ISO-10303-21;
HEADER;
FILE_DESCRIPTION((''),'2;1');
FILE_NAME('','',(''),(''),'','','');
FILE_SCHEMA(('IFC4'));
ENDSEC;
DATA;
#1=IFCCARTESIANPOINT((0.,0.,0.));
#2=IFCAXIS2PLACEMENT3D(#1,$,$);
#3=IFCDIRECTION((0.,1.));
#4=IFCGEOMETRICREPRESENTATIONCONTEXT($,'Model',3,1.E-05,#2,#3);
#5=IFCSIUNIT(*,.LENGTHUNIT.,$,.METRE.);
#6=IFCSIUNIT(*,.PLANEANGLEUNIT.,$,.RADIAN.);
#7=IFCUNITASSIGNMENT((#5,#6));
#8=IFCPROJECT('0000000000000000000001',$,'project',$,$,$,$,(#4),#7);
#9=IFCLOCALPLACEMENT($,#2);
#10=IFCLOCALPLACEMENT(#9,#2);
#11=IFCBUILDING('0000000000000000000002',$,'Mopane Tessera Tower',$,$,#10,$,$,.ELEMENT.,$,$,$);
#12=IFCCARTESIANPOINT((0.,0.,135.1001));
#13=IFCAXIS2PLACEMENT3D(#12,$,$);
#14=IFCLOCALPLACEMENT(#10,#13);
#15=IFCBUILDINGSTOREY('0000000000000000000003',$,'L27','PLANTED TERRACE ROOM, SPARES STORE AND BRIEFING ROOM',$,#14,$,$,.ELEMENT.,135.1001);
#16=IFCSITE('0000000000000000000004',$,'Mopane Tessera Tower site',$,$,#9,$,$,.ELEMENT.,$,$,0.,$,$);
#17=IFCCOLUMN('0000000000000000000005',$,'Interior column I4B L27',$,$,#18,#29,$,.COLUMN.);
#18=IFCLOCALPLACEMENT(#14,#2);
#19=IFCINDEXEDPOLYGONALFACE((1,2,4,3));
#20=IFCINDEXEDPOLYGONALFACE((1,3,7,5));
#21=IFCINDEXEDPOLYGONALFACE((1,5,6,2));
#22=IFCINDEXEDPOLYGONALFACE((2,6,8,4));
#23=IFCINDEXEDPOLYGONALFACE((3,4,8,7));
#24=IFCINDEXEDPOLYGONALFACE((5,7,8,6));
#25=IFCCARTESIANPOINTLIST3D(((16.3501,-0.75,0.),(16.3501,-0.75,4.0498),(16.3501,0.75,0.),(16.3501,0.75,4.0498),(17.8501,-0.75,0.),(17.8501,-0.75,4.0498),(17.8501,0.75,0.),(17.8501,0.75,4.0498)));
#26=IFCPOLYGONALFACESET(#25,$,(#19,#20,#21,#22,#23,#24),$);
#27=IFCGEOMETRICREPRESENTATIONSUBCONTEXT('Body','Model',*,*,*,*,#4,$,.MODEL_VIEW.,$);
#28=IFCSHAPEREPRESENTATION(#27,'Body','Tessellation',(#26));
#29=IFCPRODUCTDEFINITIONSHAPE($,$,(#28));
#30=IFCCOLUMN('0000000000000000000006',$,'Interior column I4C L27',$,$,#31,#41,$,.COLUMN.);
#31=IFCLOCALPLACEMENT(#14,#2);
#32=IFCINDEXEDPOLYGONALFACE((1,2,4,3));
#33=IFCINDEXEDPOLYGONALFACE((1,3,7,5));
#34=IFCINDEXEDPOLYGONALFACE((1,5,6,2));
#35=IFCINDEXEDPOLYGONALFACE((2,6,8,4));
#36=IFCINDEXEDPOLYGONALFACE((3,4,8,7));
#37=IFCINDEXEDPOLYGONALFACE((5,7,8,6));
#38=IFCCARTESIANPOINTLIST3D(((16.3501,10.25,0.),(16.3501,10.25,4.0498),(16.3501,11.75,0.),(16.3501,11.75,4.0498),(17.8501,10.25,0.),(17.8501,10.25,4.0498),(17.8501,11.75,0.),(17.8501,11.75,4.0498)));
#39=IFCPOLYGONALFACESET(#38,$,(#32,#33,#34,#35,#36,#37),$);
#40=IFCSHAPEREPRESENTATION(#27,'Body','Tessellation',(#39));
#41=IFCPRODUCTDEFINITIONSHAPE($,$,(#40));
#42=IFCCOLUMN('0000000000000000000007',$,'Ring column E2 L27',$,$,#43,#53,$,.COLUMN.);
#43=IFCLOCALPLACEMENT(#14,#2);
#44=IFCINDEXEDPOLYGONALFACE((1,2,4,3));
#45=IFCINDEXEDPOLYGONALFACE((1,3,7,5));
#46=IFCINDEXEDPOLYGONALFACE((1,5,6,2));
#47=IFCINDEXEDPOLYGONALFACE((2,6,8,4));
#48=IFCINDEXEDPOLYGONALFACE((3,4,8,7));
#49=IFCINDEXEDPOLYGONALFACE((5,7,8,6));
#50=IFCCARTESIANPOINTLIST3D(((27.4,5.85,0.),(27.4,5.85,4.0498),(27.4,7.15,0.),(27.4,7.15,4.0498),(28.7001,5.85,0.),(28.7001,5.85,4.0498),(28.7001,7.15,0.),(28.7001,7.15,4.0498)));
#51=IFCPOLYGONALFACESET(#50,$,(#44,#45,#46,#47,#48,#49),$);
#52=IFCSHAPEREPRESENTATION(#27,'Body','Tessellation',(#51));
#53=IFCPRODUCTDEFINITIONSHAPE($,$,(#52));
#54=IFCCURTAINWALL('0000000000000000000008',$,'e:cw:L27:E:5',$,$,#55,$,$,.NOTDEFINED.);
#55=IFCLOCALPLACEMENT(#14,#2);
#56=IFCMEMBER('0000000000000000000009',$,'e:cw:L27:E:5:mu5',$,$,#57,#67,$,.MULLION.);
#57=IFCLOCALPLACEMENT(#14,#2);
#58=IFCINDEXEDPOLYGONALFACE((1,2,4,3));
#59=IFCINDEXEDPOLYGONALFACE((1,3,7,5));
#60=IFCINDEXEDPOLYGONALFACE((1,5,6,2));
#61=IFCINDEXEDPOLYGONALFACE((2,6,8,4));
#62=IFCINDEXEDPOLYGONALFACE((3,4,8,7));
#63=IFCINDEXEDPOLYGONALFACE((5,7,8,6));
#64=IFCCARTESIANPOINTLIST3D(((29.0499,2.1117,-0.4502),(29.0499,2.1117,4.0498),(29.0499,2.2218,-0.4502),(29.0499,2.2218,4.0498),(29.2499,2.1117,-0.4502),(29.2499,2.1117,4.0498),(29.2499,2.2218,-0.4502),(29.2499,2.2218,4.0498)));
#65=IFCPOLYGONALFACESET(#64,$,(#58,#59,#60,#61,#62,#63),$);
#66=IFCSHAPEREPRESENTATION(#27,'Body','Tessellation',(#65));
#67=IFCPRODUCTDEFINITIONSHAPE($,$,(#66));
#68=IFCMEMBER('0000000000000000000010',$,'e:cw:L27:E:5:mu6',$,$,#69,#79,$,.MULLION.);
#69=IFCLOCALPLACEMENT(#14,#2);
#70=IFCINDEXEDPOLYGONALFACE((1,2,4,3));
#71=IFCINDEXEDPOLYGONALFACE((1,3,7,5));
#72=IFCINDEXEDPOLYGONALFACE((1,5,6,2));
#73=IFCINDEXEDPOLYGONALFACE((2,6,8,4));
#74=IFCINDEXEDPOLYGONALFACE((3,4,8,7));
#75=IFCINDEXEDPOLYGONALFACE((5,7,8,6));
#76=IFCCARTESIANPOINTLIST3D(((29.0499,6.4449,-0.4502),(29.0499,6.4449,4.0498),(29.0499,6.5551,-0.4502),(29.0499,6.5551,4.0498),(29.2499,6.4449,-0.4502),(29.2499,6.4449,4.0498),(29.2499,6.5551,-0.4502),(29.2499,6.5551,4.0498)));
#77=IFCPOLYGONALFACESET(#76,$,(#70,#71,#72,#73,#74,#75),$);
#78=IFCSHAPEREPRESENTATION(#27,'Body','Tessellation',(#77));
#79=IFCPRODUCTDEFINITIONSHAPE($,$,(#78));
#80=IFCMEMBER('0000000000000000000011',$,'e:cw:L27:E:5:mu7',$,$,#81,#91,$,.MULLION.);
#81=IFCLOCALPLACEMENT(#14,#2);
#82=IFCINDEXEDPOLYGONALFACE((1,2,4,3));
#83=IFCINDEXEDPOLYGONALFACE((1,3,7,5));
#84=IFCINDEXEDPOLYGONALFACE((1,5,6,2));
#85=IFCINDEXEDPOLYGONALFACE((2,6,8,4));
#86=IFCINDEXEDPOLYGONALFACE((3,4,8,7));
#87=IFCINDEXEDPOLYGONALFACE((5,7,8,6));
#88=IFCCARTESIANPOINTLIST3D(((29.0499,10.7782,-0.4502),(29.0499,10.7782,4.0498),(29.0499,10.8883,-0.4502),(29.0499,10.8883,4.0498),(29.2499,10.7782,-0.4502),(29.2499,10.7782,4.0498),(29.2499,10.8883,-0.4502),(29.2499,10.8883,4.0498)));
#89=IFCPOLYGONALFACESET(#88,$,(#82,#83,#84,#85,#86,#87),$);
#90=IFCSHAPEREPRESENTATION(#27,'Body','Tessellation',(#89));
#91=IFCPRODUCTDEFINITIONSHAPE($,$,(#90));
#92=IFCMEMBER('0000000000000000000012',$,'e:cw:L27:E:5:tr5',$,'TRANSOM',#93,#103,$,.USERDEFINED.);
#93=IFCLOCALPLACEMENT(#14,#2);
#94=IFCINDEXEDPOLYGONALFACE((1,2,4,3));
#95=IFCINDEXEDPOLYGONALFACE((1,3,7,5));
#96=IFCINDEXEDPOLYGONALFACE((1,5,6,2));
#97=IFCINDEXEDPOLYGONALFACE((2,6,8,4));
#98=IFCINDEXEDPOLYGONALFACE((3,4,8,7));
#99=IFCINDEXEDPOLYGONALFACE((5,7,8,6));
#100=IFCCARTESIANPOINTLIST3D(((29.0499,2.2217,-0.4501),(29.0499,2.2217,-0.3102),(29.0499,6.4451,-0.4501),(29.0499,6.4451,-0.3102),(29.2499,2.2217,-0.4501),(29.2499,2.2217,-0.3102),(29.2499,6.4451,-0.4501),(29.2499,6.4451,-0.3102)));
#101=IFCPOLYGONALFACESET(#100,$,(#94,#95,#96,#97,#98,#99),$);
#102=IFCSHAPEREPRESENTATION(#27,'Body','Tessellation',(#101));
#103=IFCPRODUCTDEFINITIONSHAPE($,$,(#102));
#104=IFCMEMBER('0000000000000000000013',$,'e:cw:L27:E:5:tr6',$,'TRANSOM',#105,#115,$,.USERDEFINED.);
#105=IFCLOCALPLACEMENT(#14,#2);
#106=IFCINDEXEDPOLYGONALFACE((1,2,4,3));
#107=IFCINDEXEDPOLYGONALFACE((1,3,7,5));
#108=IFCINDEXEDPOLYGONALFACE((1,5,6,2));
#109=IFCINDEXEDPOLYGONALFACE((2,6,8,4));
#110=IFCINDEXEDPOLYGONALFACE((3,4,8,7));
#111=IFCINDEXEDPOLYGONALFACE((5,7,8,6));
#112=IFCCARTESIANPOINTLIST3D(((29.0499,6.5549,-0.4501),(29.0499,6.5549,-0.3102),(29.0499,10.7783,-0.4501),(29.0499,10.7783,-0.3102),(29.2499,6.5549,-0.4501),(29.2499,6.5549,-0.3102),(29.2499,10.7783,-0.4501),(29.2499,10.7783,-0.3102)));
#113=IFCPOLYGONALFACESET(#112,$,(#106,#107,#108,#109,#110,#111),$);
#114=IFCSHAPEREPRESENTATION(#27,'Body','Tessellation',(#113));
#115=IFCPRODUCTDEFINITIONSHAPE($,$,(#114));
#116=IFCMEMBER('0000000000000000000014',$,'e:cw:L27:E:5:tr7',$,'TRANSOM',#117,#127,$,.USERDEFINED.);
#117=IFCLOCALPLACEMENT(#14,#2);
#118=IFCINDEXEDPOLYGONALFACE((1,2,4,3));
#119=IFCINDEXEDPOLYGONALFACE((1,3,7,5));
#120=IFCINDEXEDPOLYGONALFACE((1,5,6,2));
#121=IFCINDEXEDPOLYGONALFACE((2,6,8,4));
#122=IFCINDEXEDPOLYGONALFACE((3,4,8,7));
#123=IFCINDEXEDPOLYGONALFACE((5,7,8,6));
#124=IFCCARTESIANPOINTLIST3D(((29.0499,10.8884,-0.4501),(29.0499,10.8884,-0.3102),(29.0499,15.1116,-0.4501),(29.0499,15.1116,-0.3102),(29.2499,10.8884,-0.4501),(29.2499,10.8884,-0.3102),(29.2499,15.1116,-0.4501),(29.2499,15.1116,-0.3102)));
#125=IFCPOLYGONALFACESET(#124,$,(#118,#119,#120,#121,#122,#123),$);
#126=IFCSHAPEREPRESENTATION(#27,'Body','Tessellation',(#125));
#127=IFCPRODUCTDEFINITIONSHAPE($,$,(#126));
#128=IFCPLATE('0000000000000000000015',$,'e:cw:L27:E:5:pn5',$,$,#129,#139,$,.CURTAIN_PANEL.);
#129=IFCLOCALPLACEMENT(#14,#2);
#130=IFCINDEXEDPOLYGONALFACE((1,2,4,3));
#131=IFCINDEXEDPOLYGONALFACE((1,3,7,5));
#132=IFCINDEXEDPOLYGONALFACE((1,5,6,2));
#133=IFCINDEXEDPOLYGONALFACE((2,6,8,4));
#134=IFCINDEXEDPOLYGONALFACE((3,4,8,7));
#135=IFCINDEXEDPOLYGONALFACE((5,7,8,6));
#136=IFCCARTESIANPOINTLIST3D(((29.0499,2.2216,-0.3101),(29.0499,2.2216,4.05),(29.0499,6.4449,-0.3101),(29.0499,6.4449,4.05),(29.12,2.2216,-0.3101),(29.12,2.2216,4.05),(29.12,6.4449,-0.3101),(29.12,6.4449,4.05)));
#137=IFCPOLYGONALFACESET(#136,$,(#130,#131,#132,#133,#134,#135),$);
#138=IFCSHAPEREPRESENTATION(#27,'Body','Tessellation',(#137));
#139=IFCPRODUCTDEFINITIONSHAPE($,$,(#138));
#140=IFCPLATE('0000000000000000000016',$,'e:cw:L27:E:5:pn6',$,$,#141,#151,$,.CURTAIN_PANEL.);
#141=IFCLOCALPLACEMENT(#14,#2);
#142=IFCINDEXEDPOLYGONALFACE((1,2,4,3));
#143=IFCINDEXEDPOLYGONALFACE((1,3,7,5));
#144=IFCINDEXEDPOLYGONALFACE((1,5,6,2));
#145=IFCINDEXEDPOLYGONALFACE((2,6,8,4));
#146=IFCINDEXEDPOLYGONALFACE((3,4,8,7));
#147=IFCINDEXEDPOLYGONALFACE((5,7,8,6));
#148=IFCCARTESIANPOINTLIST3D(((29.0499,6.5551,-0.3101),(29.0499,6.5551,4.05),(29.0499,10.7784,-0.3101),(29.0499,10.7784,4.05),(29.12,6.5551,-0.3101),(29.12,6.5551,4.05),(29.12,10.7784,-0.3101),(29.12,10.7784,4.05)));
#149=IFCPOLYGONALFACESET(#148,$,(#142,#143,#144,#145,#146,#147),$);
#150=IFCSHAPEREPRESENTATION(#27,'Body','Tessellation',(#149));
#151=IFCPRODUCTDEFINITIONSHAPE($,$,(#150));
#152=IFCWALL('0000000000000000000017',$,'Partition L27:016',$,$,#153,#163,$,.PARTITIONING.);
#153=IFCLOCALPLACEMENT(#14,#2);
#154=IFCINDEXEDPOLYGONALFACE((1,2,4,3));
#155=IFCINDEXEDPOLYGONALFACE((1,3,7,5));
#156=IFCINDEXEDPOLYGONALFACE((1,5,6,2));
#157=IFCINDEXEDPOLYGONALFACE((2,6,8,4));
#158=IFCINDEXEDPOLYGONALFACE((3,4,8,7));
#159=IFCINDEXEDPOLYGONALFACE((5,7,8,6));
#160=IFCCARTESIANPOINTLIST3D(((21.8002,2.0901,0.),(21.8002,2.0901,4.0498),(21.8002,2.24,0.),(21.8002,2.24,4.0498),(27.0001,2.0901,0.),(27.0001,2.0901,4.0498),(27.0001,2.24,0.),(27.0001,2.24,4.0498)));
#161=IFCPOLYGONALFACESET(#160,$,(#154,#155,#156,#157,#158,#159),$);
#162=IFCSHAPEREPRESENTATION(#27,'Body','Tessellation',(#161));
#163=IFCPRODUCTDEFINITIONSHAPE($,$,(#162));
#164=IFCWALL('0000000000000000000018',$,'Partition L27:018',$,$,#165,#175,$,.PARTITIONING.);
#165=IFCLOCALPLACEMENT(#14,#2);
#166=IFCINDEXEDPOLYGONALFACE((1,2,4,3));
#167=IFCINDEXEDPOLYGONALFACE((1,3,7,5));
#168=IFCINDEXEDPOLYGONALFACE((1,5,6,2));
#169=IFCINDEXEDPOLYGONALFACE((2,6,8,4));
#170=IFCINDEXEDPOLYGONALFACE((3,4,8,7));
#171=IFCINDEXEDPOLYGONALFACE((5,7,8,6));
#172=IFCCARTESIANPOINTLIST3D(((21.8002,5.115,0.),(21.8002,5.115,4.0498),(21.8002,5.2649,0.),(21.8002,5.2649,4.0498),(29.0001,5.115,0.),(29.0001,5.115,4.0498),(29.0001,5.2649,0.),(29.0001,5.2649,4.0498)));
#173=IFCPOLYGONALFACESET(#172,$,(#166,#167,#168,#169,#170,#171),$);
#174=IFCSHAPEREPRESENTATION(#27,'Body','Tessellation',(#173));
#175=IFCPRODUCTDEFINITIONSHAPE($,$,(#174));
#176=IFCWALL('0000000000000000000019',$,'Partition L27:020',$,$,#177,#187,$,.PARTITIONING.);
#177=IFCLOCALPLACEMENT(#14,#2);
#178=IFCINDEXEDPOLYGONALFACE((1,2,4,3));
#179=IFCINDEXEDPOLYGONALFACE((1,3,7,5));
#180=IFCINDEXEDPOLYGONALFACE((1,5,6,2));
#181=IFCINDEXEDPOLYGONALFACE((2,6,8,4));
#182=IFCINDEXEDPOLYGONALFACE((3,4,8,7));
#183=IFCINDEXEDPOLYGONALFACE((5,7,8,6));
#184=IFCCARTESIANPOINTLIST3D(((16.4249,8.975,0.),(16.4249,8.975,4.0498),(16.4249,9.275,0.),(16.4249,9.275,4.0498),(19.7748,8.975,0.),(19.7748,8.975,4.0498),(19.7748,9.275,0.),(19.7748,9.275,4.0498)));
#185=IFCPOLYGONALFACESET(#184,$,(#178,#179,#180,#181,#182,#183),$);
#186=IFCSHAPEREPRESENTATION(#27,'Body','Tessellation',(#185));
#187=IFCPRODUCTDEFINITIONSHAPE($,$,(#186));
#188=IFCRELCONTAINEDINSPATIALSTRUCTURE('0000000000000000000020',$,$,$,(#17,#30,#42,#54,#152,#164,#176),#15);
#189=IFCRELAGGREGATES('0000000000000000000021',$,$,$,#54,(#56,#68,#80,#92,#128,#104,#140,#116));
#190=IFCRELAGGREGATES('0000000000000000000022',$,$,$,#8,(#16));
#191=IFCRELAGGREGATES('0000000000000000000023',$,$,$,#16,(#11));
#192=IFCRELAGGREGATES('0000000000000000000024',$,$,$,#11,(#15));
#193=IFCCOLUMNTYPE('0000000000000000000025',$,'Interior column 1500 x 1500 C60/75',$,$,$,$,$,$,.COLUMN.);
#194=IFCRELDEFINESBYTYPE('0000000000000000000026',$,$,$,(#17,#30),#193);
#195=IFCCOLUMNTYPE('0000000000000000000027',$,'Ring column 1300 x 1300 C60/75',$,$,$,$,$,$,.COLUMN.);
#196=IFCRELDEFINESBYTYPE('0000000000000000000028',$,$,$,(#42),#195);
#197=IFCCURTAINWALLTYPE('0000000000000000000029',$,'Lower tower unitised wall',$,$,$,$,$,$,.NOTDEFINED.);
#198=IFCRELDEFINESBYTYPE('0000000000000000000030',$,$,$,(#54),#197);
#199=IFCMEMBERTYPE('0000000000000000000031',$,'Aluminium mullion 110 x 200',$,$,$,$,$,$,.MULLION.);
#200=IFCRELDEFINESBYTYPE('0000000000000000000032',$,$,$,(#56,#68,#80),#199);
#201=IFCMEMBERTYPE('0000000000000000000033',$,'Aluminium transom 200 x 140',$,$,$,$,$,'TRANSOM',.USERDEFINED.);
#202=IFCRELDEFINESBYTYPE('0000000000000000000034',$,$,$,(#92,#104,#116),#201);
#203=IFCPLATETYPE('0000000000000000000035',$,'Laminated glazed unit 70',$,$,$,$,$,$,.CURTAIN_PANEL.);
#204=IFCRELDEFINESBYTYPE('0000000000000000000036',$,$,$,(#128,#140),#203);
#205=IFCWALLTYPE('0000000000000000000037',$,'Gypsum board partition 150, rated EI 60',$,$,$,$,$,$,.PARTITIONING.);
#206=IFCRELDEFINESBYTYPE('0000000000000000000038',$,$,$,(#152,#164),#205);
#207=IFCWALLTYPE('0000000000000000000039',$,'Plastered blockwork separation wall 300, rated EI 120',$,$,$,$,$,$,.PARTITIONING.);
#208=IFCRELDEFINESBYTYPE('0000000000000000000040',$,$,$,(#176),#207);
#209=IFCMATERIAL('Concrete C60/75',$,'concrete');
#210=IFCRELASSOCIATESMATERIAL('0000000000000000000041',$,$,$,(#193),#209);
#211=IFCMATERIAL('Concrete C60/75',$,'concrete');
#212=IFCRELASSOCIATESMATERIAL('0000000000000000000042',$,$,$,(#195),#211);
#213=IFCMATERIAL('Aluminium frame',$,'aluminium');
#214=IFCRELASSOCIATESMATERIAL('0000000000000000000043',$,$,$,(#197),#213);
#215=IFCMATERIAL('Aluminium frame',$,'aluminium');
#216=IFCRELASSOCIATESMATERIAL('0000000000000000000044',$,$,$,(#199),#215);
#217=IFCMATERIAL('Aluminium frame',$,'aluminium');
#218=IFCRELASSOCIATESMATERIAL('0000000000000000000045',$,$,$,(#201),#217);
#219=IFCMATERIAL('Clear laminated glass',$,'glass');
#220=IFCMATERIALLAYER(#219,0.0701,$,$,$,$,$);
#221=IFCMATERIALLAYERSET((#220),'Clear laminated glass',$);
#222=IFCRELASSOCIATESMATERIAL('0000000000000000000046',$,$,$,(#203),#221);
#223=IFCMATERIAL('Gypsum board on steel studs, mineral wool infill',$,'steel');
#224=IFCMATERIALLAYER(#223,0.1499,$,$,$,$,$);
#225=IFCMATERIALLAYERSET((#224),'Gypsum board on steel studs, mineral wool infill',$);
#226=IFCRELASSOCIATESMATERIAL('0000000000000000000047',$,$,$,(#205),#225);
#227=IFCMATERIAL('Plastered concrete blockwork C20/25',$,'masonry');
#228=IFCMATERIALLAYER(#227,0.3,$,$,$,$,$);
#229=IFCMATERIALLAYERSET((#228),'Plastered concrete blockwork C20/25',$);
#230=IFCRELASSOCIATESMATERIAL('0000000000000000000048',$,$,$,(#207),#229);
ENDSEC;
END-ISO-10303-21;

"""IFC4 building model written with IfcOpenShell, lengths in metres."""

from ifc_helpers import new_model, si_unit, direction, frame, frame_2d, origin, origin_2d, place, context, subcontext, project, spatial, rectangle, extrude, material, layer, layer_set, material_profile, profile_set, type_object, element, aggregate, save


model = new_model("IFC4")

# Units and contexts
model_context = context("Model", 3, precision=1e-05, world=origin(), true_north=direction((0.0, 1.0)))
body_context = subcontext(model_context, "Body", "Model", "MODEL_VIEW")
ifc_project = project(units=[si_unit("LENGTHUNIT", "METRE"), si_unit("PLANEANGLEUNIT", "RADIAN")], contexts=[model_context])

# Site, building, storey
site_placement = place(None, origin())
site = spatial("IfcSite", under=ifc_project, at=site_placement, Name="Mopane Tessera Tower site", CompositionType="ELEMENT", RefElevation=0.0)
building_placement = place(site_placement, origin())
building = spatial("IfcBuilding", under=site, at=building_placement, Name="Mopane Tessera Tower", CompositionType="ELEMENT")
storey_placement = place(building_placement, frame((0.0, 0.0, 135.1001)))
storey = spatial("IfcBuildingStorey", under=building, at=storey_placement, Name="L27", Description="PLANTED TERRACE ROOM, SPARES STORE AND BRIEFING ROOM", CompositionType="ELEMENT", Elevation=135.1001)

# Columns
ifc_material_1 = material(Name="Concrete C60/75", Category="concrete")
ifc_material_profile_1 = material_profile(ifc_material_1, rectangle(XDim=1.5, YDim=1.5, at=origin_2d()))
ifc_profile_set_1 = profile_set([ifc_material_profile_1], Name="Concrete C60/75")
column_type_1 = type_object("IfcColumnType", Name="Interior column 1500 x 1500 C60/75", PredefinedType="COLUMN", material=ifc_profile_set_1)
for number, where, z_axis, x_axis, name in (
    (1, (17.1001, 0.0, 0.0), (0.0, 0.0, 1.0), (1.0, 0.0, 0.0), "Interior column I4B L27"),
    (2, (17.1001, 11.0, 0.0), (0.0, 0.0, 1.0), (1.0, 0.0, 0.0), "Interior column I4C L27"),
):
    element("IfcColumn", number, at=place(storey_placement, frame(where, z_axis=z_axis, x_axis=x_axis)), inside=storey, type_object=column_type_1, Name=name, PredefinedType="COLUMN", context=body_context, shape_type="SweptSolid", body=[
        extrude(rectangle(XDim=1.5, YDim=1.5, at=origin_2d()), origin(), (0.0, 0.0, 1.0), 4.0498),
    ])
ifc_material_2 = material(Name="Concrete C60/75", Category="concrete")
ifc_material_profile_2 = material_profile(ifc_material_2, rectangle(XDim=1.3, YDim=1.3, at=origin_2d()))
ifc_profile_set_2 = profile_set([ifc_material_profile_2], Name="Concrete C60/75")
column_type_2 = type_object("IfcColumnType", Name="Ring column 1300 x 1300 C60/75", PredefinedType="COLUMN", material=ifc_profile_set_2)
column_placement = place(storey_placement, frame((28.05, 6.5, 0.0), z_axis=(0.0, 0.0, 1.0), x_axis=(1.0, 0.0, 0.0)))
element("IfcColumn", 3, at=column_placement, inside=storey, type_object=column_type_2, Name="Ring column E2 L27", PredefinedType="COLUMN", context=body_context, shape_type="SweptSolid", body=[
    extrude(rectangle(XDim=1.3, YDim=1.3, at=origin_2d()), origin(), (0.0, 0.0, 1.0), 4.0498),
])

# Curtain wall, members, plates
ifc_material_3 = material(Name="Aluminium frame", Category="aluminium")
curtain_wall_type = type_object("IfcCurtainWallType", Name="Lower tower unitised wall", PredefinedType="NOTDEFINED", material=ifc_material_3)
curtain_wall_placement = place(storey_placement, origin())
curtain_wall = element("IfcCurtainWall", 4, at=curtain_wall_placement, inside=storey, type_object=curtain_wall_type, Name="e:cw:L27:E:5", PredefinedType="NOTDEFINED")
ifc_material_4 = material(Name="Aluminium frame", Category="aluminium")
ifc_material_profile_3 = material_profile(ifc_material_4, rectangle(XDim=0.1101, YDim=0.2, at=origin_2d()))
ifc_profile_set_3 = profile_set([ifc_material_profile_3], Name="Aluminium frame")
member_type_1 = type_object("IfcMemberType", Name="Aluminium mullion 110 x 200", PredefinedType="MULLION", material=ifc_profile_set_3)
member_1_placement = place(storey_placement, frame((29.1499, 2.1667, -0.4502), z_axis=(0.0, 0.0, 1.0), x_axis=(0.0, 1.0, 0.0)))
member_1 = element("IfcMember", 5, at=member_1_placement, type_object=member_type_1, Name="e:cw:L27:E:5:mu5", PredefinedType="MULLION", context=body_context, shape_type="SweptSolid", body=[
    extrude(rectangle(XDim=0.1101, YDim=0.2, at=origin_2d()), origin(), (0.0, 0.0, 1.0), 4.5),
])
member_2_placement = place(storey_placement, frame((29.1499, 6.5, -0.4502), z_axis=(0.0, 0.0, 1.0), x_axis=(0.0, 1.0, 0.0)))
member_2 = element("IfcMember", 6, at=member_2_placement, type_object=member_type_1, Name="e:cw:L27:E:5:mu6", PredefinedType="MULLION", context=body_context, shape_type="SweptSolid", body=[
    extrude(rectangle(XDim=0.1101, YDim=0.2, at=origin_2d()), origin(), (0.0, 0.0, 1.0), 4.5),
])
member_3_placement = place(storey_placement, frame((29.1499, 10.8333, -0.4502), z_axis=(0.0, 0.0, 1.0), x_axis=(0.0, 1.0, 0.0)))
member_3 = element("IfcMember", 7, at=member_3_placement, type_object=member_type_1, Name="e:cw:L27:E:5:mu7", PredefinedType="MULLION", context=body_context, shape_type="SweptSolid", body=[
    extrude(rectangle(XDim=0.1101, YDim=0.2, at=origin_2d()), origin(), (0.0, 0.0, 1.0), 4.5),
])
ifc_material_5 = material(Name="Aluminium frame", Category="aluminium")
ifc_material_profile_4 = material_profile(ifc_material_5, rectangle(XDim=0.2, YDim=0.1399, at=origin_2d()))
ifc_profile_set_4 = profile_set([ifc_material_profile_4], Name="Aluminium frame")
member_type_2 = type_object("IfcMemberType", Name="Aluminium transom 200 x 140", ElementType="TRANSOM", PredefinedType="USERDEFINED", material=ifc_profile_set_4)
member_4_placement = place(storey_placement, frame((29.1499, 2.2217, -0.3801), z_axis=(0.0, 1.0, 0.0), x_axis=(-1.0, 0.0, 0.0)))
member_4 = element("IfcMember", 8, at=member_4_placement, type_object=member_type_2, Name="e:cw:L27:E:5:tr5", ObjectType="TRANSOM", PredefinedType="USERDEFINED", context=body_context, shape_type="SweptSolid", body=[
    extrude(rectangle(XDim=0.2, YDim=0.1399, at=origin_2d()), origin(), (0.0, 0.0, 1.0), 4.2234),
])
member_5_placement = place(storey_placement, frame((29.1499, 6.5549, -0.3801), z_axis=(0.0, 1.0, 0.0), x_axis=(-1.0, 0.0, 0.0)))
member_5 = element("IfcMember", 9, at=member_5_placement, type_object=member_type_2, Name="e:cw:L27:E:5:tr6", ObjectType="TRANSOM", PredefinedType="USERDEFINED", context=body_context, shape_type="SweptSolid", body=[
    extrude(rectangle(XDim=0.2, YDim=0.1399, at=origin_2d()), origin(), (0.0, 0.0, 1.0), 4.2234),
])
member_6_placement = place(storey_placement, frame((29.1499, 10.8884, -0.3801), z_axis=(0.0, 1.0, 0.0), x_axis=(-1.0, 0.0, 0.0)))
member_6 = element("IfcMember", 10, at=member_6_placement, type_object=member_type_2, Name="e:cw:L27:E:5:tr7", ObjectType="TRANSOM", PredefinedType="USERDEFINED", context=body_context, shape_type="SweptSolid", body=[
    extrude(rectangle(XDim=0.2, YDim=0.1399, at=origin_2d()), origin(), (0.0, 0.0, 1.0), 4.2231),
])
ifc_material_6 = material(Name="Clear laminated glass", Category="glass")
ifc_layer_1 = layer(ifc_material_6, 0.0701)
ifc_layer_set_1 = layer_set([ifc_layer_1], Name="Clear laminated glass")
plate_type = type_object("IfcPlateType", Name="Laminated glazed unit 70", PredefinedType="CURTAIN_PANEL", material=ifc_layer_set_1)
plate_1_placement = place(storey_placement, frame((29.085, 4.3333, -0.3101), z_axis=(0.0, 0.0, 1.0), x_axis=(0.0, 1.0, 0.0)))
plate_1 = element("IfcPlate", 11, at=plate_1_placement, type_object=plate_type, Name="e:cw:L27:E:5:pn5", PredefinedType="CURTAIN_PANEL", context=body_context, shape_type="SweptSolid", body=[
    extrude(rectangle(XDim=4.2234, YDim=0.0701, at=origin_2d()), origin(), (0.0, 0.0, 1.0), 4.3601),
])
plate_2_placement = place(storey_placement, frame((29.085, 8.6667, -0.3101), z_axis=(0.0, 0.0, 1.0), x_axis=(0.0, 1.0, 0.0)))
plate_2 = element("IfcPlate", 12, at=plate_2_placement, type_object=plate_type, Name="e:cw:L27:E:5:pn6", PredefinedType="CURTAIN_PANEL", context=body_context, shape_type="SweptSolid", body=[
    extrude(rectangle(XDim=4.2234, YDim=0.0701, at=origin_2d()), origin(), (0.0, 0.0, 1.0), 4.3601),
])
aggregate(curtain_wall, [member_1, member_2, member_3, member_4, plate_1, member_5, plate_2, member_6])

# Walls
ifc_material_7 = material(Name="Gypsum board on steel studs, mineral wool infill", Category="steel")
ifc_layer_2 = layer(ifc_material_7, 0.1499)
ifc_layer_set_2 = layer_set([ifc_layer_2], Name="Gypsum board on steel studs, mineral wool infill")
wall_type_1 = type_object("IfcWallType", Name="Gypsum board partition 150, rated EI 60", PredefinedType="PARTITIONING", material=ifc_layer_set_2)
wall_1_placement = place(storey_placement, frame((21.8, 2.165, 0.0), z_axis=(0.0, 0.0, 1.0), x_axis=(1.0, 0.0, 0.0)))
element("IfcWall", 13, at=wall_1_placement, inside=storey, type_object=wall_type_1, Name="Partition L27:016", PredefinedType="PARTITIONING", context=body_context, shape_type="SweptSolid", body=[
    extrude(rectangle(XDim=5.2, YDim=0.1499, at=frame_2d((2.6001, 0.0))), origin(), (0.0, 0.0, 1.0), 4.0498),
])
wall_2_placement = place(storey_placement, frame((21.8, 5.1899, 0.0), z_axis=(0.0, 0.0, 1.0), x_axis=(1.0, 0.0, 0.0)))
element("IfcWall", 14, at=wall_2_placement, inside=storey, type_object=wall_type_1, Name="Partition L27:018", PredefinedType="PARTITIONING", context=body_context, shape_type="SweptSolid", body=[
    extrude(rectangle(XDim=7.2, YDim=0.1499, at=frame_2d((3.6001, 0.0))), origin(), (0.0, 0.0, 1.0), 4.0498),
])
ifc_material_8 = material(Name="Plastered concrete blockwork C20/25", Category="masonry")
ifc_layer_3 = layer(ifc_material_8, 0.3)
ifc_layer_set_3 = layer_set([ifc_layer_3], Name="Plastered concrete blockwork C20/25")
wall_type_2 = type_object("IfcWallType", Name="Plastered blockwork separation wall 300, rated EI 120", PredefinedType="PARTITIONING", material=ifc_layer_set_3)
wall_3_placement = place(storey_placement, frame((16.425, 9.125, 0.0), z_axis=(0.0, 0.0, 1.0), x_axis=(1.0, 0.0, 0.0)))
element("IfcWall", 15, at=wall_3_placement, inside=storey, type_object=wall_type_2, Name="Partition L27:020", PredefinedType="PARTITIONING", context=body_context, shape_type="SweptSolid", body=[
    extrude(rectangle(XDim=3.3499, YDim=0.3, at=frame_2d((1.6748, 0.0))), origin(), (0.0, 0.0, 1.0), 4.0498),
])

save(model, "model.ifc")
